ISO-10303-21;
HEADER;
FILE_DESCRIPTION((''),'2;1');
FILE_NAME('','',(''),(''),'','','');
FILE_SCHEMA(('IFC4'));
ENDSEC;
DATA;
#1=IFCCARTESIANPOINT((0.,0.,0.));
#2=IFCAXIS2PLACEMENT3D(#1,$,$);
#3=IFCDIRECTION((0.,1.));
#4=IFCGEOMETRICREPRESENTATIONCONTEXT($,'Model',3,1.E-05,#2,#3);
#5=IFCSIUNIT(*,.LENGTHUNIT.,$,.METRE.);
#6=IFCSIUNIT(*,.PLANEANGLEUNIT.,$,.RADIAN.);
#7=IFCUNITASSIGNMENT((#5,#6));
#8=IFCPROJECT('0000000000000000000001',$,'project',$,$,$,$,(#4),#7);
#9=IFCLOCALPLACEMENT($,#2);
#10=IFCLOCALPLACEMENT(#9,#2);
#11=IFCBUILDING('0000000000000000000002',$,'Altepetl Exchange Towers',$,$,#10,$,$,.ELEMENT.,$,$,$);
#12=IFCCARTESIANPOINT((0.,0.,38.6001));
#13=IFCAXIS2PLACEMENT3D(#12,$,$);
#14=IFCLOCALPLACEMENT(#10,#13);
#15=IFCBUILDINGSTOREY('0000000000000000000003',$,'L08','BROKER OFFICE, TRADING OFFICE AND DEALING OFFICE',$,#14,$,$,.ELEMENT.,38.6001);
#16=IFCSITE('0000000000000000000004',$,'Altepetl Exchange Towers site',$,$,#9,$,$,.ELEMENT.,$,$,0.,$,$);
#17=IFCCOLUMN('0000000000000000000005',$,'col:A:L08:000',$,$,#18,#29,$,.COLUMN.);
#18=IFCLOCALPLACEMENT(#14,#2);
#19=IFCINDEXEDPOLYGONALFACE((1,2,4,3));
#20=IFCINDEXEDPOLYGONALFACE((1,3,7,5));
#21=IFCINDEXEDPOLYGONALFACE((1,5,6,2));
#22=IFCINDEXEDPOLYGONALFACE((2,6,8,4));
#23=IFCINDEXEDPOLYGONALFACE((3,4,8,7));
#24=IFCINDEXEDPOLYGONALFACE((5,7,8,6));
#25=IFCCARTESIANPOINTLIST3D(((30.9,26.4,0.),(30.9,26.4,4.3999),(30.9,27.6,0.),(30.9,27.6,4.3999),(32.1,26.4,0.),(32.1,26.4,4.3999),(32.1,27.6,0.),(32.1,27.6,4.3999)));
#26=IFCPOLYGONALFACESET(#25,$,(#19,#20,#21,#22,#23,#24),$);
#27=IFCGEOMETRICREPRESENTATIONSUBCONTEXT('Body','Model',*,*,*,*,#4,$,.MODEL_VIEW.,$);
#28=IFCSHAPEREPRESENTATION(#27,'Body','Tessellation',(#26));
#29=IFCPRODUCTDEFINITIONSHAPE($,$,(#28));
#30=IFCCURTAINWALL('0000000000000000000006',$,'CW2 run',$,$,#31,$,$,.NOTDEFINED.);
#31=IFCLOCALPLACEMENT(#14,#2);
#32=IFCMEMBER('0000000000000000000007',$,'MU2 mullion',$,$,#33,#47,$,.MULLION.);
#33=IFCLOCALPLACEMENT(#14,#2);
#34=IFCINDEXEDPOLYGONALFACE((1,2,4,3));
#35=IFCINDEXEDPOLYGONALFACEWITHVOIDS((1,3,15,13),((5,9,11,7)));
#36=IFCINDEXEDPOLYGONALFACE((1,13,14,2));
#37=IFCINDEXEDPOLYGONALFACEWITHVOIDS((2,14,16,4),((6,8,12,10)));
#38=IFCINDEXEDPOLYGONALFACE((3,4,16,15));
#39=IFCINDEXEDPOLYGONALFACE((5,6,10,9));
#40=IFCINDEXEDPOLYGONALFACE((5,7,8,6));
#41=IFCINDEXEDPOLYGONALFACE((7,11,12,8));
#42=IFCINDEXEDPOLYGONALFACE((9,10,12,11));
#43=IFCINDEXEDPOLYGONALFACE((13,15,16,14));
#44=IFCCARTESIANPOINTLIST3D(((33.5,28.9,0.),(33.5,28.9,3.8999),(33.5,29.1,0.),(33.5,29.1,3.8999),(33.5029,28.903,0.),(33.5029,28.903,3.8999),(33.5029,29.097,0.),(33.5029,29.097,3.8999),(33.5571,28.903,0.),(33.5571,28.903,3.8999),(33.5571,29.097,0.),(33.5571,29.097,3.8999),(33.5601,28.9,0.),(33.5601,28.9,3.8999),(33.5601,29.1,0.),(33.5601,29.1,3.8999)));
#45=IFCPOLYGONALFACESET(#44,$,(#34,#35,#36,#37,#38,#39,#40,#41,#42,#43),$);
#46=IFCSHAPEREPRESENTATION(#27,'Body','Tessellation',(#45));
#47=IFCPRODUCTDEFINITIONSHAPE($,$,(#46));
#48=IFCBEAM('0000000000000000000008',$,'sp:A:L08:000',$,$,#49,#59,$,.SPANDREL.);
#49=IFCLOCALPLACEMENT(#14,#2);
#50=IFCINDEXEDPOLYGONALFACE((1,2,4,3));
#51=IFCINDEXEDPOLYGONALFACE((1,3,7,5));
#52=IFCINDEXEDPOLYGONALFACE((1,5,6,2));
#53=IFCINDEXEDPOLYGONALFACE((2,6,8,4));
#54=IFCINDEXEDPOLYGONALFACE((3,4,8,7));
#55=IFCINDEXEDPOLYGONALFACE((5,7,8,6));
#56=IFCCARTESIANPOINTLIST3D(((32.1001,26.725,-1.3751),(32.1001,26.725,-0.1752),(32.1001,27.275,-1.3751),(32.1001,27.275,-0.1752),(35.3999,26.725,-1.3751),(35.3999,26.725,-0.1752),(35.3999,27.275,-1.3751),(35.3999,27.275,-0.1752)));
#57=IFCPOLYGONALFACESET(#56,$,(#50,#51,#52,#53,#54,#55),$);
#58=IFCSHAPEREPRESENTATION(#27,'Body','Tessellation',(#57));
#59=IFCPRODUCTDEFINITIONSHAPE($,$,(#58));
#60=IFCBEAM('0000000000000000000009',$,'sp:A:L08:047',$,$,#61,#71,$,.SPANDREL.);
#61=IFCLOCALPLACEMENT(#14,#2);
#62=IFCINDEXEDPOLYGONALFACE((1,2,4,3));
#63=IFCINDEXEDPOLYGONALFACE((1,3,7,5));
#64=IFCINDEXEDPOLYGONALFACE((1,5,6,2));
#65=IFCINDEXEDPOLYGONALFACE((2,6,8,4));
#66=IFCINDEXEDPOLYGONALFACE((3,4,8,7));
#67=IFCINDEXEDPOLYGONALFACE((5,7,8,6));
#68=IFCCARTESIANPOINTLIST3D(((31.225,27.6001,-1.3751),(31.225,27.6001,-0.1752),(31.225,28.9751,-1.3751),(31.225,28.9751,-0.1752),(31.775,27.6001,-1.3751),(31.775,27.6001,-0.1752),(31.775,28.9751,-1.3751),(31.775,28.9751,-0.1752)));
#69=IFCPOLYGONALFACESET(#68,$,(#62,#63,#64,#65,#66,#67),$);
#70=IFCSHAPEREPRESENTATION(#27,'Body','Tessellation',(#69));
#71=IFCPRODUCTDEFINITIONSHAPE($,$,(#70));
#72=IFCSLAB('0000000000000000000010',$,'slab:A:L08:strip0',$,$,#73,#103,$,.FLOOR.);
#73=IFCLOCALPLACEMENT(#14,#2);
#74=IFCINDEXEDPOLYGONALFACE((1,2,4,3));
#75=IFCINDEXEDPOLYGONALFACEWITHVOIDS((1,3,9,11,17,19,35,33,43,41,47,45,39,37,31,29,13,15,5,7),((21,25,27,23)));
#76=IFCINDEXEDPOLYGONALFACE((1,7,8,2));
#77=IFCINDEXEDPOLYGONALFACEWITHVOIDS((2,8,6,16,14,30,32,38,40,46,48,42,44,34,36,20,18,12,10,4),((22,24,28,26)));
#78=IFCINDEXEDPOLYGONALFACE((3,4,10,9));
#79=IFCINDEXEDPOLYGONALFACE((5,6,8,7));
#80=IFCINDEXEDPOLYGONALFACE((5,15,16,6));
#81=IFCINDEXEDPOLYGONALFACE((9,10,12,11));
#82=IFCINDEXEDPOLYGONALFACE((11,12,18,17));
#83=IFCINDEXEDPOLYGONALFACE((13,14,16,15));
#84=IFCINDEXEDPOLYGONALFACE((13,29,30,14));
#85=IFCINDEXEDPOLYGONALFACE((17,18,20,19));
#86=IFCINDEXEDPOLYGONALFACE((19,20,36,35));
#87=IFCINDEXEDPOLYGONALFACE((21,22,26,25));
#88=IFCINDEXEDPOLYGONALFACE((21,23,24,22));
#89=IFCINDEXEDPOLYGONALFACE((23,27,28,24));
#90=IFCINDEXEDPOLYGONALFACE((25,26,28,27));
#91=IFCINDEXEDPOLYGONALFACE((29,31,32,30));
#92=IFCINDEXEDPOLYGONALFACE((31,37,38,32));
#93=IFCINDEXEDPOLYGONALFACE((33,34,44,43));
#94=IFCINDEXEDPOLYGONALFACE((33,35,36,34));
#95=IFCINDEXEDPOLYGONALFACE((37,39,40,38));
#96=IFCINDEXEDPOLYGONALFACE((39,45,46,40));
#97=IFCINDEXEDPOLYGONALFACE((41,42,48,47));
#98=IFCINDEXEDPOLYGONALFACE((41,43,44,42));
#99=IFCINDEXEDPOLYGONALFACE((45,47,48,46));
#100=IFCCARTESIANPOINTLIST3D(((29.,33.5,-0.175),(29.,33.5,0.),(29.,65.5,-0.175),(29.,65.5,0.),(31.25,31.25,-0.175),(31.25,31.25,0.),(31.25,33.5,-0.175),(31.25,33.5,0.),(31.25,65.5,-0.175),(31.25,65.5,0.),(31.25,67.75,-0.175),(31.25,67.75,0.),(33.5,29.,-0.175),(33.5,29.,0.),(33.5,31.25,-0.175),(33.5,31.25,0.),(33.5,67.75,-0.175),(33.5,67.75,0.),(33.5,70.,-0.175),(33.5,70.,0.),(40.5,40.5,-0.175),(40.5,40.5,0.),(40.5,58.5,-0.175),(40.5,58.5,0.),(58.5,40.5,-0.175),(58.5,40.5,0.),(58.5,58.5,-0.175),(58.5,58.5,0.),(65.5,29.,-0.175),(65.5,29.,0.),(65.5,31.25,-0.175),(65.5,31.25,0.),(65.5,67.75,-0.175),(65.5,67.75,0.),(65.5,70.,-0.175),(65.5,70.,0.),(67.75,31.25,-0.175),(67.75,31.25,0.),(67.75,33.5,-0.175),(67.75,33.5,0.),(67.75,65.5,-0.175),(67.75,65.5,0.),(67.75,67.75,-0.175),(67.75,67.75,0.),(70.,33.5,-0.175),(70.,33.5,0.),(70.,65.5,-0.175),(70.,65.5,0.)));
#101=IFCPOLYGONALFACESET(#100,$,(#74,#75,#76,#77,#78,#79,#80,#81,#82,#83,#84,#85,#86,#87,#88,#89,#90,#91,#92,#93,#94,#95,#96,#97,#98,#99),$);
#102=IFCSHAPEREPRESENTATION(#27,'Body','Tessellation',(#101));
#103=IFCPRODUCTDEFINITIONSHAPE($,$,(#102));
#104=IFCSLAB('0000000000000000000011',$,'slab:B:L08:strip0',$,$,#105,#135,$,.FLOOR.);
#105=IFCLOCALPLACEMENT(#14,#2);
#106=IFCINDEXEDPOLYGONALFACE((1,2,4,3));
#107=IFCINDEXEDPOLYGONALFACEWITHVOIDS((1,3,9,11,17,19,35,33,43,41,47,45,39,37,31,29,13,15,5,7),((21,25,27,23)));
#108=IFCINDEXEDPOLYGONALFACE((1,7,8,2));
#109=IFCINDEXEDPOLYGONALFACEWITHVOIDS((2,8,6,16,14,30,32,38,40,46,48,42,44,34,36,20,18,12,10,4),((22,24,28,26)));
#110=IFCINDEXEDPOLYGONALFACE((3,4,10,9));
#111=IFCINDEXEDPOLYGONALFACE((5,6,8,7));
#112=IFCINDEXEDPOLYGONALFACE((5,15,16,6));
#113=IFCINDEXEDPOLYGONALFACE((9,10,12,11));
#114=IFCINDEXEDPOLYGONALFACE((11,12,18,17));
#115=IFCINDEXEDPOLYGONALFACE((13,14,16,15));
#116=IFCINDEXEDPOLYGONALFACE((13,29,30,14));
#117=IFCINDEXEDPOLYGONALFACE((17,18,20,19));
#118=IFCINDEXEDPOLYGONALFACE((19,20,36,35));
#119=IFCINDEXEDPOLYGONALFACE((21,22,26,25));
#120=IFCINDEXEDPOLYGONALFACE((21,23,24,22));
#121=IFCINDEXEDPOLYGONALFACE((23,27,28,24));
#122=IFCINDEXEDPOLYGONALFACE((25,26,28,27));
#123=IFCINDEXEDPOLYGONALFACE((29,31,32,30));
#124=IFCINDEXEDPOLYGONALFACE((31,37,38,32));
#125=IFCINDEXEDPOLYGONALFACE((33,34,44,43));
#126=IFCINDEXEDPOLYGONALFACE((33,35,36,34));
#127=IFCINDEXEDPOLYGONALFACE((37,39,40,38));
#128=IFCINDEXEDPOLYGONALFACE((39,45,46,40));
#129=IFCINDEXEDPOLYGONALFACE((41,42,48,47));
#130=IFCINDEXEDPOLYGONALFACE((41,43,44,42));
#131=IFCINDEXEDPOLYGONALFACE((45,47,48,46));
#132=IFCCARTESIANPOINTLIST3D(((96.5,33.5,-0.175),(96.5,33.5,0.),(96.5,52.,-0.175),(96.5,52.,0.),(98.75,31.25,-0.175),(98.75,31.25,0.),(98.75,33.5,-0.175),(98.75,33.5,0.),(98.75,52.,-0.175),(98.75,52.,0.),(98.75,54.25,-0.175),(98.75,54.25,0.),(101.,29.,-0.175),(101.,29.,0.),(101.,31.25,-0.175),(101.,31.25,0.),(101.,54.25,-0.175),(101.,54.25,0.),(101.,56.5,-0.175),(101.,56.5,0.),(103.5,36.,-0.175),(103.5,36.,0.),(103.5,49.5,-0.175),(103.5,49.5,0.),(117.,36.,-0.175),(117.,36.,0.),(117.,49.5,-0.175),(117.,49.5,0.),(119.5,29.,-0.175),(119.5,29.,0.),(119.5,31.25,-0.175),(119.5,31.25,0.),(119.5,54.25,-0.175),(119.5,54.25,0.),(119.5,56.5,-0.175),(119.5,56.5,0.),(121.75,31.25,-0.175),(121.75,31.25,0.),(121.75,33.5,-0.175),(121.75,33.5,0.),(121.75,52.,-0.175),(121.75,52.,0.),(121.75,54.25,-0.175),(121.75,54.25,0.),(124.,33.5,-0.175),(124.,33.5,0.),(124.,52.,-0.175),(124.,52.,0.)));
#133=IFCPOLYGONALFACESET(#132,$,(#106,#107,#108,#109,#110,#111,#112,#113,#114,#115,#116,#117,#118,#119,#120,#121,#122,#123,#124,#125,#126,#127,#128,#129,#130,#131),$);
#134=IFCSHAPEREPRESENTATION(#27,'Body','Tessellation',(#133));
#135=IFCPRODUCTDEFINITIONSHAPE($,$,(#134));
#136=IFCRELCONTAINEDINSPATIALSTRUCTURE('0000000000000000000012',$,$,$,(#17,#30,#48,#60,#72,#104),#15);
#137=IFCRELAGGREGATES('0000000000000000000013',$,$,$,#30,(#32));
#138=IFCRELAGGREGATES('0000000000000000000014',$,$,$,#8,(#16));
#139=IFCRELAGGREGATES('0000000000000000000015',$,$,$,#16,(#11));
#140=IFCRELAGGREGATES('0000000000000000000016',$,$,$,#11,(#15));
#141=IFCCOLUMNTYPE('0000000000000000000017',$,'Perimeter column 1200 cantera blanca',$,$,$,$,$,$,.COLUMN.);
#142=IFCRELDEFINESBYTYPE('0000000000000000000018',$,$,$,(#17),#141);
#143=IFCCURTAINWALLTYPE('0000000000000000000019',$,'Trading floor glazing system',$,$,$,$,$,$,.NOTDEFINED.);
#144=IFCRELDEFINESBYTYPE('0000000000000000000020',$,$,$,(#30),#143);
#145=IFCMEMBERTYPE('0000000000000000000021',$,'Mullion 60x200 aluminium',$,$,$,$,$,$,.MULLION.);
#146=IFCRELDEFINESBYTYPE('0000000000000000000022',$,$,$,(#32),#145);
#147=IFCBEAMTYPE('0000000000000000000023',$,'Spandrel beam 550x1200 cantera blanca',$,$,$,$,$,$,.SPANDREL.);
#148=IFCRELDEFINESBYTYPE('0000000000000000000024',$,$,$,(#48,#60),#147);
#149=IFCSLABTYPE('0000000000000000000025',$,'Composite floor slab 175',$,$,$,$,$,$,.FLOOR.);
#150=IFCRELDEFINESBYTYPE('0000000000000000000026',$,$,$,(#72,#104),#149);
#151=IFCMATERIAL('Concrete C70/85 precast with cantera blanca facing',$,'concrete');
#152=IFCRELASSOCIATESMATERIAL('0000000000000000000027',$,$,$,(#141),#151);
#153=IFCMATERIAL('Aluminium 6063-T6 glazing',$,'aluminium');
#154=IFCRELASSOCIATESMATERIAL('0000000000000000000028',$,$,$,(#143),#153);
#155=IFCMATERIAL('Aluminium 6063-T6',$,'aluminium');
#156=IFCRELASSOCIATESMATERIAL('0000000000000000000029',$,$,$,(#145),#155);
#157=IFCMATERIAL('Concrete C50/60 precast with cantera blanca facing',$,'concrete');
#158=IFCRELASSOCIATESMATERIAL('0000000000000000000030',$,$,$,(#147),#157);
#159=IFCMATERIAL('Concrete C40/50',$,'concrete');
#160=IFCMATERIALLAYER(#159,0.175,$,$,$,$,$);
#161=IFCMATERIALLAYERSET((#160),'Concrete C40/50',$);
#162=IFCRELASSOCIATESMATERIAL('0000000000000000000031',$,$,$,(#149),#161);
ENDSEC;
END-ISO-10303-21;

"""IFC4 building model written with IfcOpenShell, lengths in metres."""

from ifc_helpers import new_model, si_unit, direction, frame, origin, origin_2d, place, context, subcontext, project, spatial, polyline, rectangle, hollow_rectangle, outline, extrude, material, layer, layer_set, material_profile, profile_set, type_object, element, aggregate, save


model = new_model("IFC4")

# Units and contexts
model_context = context("Model", 3, precision=1e-05, world=origin(), true_north=direction((0.0, 1.0)))
body_context = subcontext(model_context, "Body", "Model", "MODEL_VIEW")
ifc_project = project(units=[si_unit("LENGTHUNIT", "METRE"), si_unit("PLANEANGLEUNIT", "RADIAN")], contexts=[model_context])

# Site, building, storey
site_placement = place(None, origin())
site = spatial("IfcSite", under=ifc_project, at=site_placement, Name="Altepetl Exchange Towers site", CompositionType="ELEMENT", RefElevation=0.0)
building_placement = place(site_placement, origin())
building = spatial("IfcBuilding", under=site, at=building_placement, Name="Altepetl Exchange Towers", CompositionType="ELEMENT")
storey_placement = place(building_placement, frame((0.0, 0.0, 38.6001)))
storey = spatial("IfcBuildingStorey", under=building, at=storey_placement, Name="L08", Description="BROKER OFFICE, TRADING OFFICE AND DEALING OFFICE", CompositionType="ELEMENT", Elevation=38.6001)

# Column
ifc_material_1 = material(Name="Concrete C70/85 precast with cantera blanca facing", Category="concrete")
ifc_material_profile_1 = material_profile(ifc_material_1, rectangle(XDim=1.2, YDim=1.2, at=origin_2d()), Name="1200 x 1200")
ifc_profile_set_1 = profile_set([ifc_material_profile_1], Name="Concrete C70/85 precast with cantera blanca facing")
column_type = type_object("IfcColumnType", Name="Perimeter column 1200 cantera blanca", PredefinedType="COLUMN", material=ifc_profile_set_1)
column_placement = place(storey_placement, frame((31.5, 27.0, 0.0)))
element("IfcColumn", 1, at=column_placement, inside=storey, type_object=column_type, Name="col:A:L08:000", PredefinedType="COLUMN", context=body_context, shape_type="SweptSolid", body=[
    extrude(rectangle(XDim=1.2, YDim=1.2, at=origin_2d()), origin(), (0.0, 0.0, 1.0), 4.3999),
])

# Curtain wall, member
ifc_material_2 = material(Name="Aluminium 6063-T6 glazing", Category="aluminium")
curtain_wall_type = type_object("IfcCurtainWallType", Name="Trading floor glazing system", PredefinedType="NOTDEFINED", material=ifc_material_2)
curtain_wall_placement = place(storey_placement, origin())
curtain_wall = element("IfcCurtainWall", 2, at=curtain_wall_placement, inside=storey, type_object=curtain_wall_type, Name="CW2 run", PredefinedType="NOTDEFINED")
ifc_material_3 = material(Name="Aluminium 6063-T6", Category="aluminium")
ifc_material_profile_2 = material_profile(ifc_material_3, hollow_rectangle(XDim=0.0601, YDim=0.2, WallThickness=0.0029, at=origin_2d()), Name="Mullion 60x200 aluminium")
ifc_profile_set_2 = profile_set([ifc_material_profile_2], Name="Aluminium 6063-T6")
member_type = type_object("IfcMemberType", Name="Mullion 60x200 aluminium", PredefinedType="MULLION", material=ifc_profile_set_2)
member_placement = place(storey_placement, frame((33.53, 29.0, 0.0)))
member = element("IfcMember", 3, at=member_placement, type_object=member_type, Name="MU2 mullion", PredefinedType="MULLION", context=body_context, shape_type="SweptSolid", body=[
    extrude(hollow_rectangle(XDim=0.0601, YDim=0.2, WallThickness=0.0029, at=origin_2d()), origin(), (0.0, 0.0, 1.0), 3.8999),
])
aggregate(curtain_wall, [member])

# Beams
ifc_material_4 = material(Name="Concrete C50/60 precast with cantera blanca facing", Category="concrete")
ifc_material_profile_3 = material_profile(ifc_material_4, rectangle(XDim=0.55, YDim=1.2, at=origin_2d()), Name="550 x 1200")
ifc_profile_set_3 = profile_set([ifc_material_profile_3], Name="Concrete C50/60 precast with cantera blanca facing")
beam_type = type_object("IfcBeamType", Name="Spandrel beam 550x1200 cantera blanca", PredefinedType="SPANDREL", material=ifc_profile_set_3)
beam_1_placement = place(storey_placement, frame((32.1001, 27.0, -0.7751), z_axis=(1.0, 0.0, 0.0), x_axis=(0.0, 1.0, 0.0)))
element("IfcBeam", 4, at=beam_1_placement, inside=storey, type_object=beam_type, Name="sp:A:L08:000", PredefinedType="SPANDREL", context=body_context, shape_type="SweptSolid", body=[
    extrude(rectangle(XDim=0.55, YDim=1.2, at=origin_2d()), origin(), (0.0, 0.0, 1.0), 3.2998),
])
beam_2_placement = place(storey_placement, frame((31.5, 28.9751, -0.7751), z_axis=(0.0, -1.0, 0.0), x_axis=(1.0, 0.0, 0.0)))
element("IfcBeam", 5, at=beam_2_placement, inside=storey, type_object=beam_type, Name="sp:A:L08:047", PredefinedType="SPANDREL", context=body_context, shape_type="SweptSolid", body=[
    extrude(rectangle(XDim=0.55, YDim=1.2, at=origin_2d()), origin(), (0.0, 0.0, 1.0), 1.375),
])

# Slabs
ifc_material_5 = material(Name="Concrete C40/50", Category="concrete")
ifc_layer_1 = layer(ifc_material_5, 0.175)
ifc_layer_set_1 = layer_set([ifc_layer_1], Name="Concrete C40/50")
slab_type_1 = type_object("IfcSlabType", Name="Composite floor slab 175", PredefinedType="FLOOR", material=ifc_layer_set_1)
slab_1_placement = place(storey_placement, frame((0.0, 0.0, -0.175)))
element("IfcSlab", 6, at=slab_1_placement, inside=storey, type_object=slab_type_1, Name="slab:A:L08:strip0", PredefinedType="FLOOR", context=body_context, shape_type="SweptSolid", body=[
    extrude(outline(polyline([(31.25, 67.75), (31.25, 65.5), (29.0, 65.5), (29.0, 33.5), (31.25, 33.5), (31.25, 31.25), (33.5, 31.25), (33.5, 29.0), (65.5, 29.0), (65.5, 31.25), (67.75, 31.25), (67.75, 33.5), (70.0, 33.5), (70.0, 65.5), (67.75, 65.5), (67.75, 67.75), (65.5, 67.75), (65.5, 70.0), (33.5, 70.0), (33.5, 67.75), (31.25, 67.75)]), holes=[polyline([(58.5, 58.5), (58.5, 40.5), (40.5, 40.5), (40.5, 58.5), (58.5, 58.5)])]), origin(), (0.0, 0.0, 1.0), 0.175),
])
slab_2_placement = place(storey_placement, frame((0.0, 0.0, -0.175)))
element("IfcSlab", 7, at=slab_2_placement, inside=storey, type_object=slab_type_1, Name="slab:B:L08:strip0", PredefinedType="FLOOR", context=body_context, shape_type="SweptSolid", body=[
    extrude(outline(polyline([(98.75, 54.25), (98.75, 52.0), (96.5, 52.0), (96.5, 33.5), (98.75, 33.5), (98.75, 31.25), (101.0, 31.25), (101.0, 29.0), (119.5, 29.0), (119.5, 31.25), (121.75, 31.25), (121.75, 33.5), (124.0, 33.5), (124.0, 52.0), (121.75, 52.0), (121.75, 54.25), (119.5, 54.25), (119.5, 56.5), (101.0, 56.5), (101.0, 54.25), (98.75, 54.25)]), holes=[polyline([(117.0, 49.5), (117.0, 36.0), (103.5, 36.0), (103.5, 49.5), (117.0, 49.5)])]), origin(), (0.0, 0.0, 1.0), 0.175),
])

save(model, "model.ifc")
